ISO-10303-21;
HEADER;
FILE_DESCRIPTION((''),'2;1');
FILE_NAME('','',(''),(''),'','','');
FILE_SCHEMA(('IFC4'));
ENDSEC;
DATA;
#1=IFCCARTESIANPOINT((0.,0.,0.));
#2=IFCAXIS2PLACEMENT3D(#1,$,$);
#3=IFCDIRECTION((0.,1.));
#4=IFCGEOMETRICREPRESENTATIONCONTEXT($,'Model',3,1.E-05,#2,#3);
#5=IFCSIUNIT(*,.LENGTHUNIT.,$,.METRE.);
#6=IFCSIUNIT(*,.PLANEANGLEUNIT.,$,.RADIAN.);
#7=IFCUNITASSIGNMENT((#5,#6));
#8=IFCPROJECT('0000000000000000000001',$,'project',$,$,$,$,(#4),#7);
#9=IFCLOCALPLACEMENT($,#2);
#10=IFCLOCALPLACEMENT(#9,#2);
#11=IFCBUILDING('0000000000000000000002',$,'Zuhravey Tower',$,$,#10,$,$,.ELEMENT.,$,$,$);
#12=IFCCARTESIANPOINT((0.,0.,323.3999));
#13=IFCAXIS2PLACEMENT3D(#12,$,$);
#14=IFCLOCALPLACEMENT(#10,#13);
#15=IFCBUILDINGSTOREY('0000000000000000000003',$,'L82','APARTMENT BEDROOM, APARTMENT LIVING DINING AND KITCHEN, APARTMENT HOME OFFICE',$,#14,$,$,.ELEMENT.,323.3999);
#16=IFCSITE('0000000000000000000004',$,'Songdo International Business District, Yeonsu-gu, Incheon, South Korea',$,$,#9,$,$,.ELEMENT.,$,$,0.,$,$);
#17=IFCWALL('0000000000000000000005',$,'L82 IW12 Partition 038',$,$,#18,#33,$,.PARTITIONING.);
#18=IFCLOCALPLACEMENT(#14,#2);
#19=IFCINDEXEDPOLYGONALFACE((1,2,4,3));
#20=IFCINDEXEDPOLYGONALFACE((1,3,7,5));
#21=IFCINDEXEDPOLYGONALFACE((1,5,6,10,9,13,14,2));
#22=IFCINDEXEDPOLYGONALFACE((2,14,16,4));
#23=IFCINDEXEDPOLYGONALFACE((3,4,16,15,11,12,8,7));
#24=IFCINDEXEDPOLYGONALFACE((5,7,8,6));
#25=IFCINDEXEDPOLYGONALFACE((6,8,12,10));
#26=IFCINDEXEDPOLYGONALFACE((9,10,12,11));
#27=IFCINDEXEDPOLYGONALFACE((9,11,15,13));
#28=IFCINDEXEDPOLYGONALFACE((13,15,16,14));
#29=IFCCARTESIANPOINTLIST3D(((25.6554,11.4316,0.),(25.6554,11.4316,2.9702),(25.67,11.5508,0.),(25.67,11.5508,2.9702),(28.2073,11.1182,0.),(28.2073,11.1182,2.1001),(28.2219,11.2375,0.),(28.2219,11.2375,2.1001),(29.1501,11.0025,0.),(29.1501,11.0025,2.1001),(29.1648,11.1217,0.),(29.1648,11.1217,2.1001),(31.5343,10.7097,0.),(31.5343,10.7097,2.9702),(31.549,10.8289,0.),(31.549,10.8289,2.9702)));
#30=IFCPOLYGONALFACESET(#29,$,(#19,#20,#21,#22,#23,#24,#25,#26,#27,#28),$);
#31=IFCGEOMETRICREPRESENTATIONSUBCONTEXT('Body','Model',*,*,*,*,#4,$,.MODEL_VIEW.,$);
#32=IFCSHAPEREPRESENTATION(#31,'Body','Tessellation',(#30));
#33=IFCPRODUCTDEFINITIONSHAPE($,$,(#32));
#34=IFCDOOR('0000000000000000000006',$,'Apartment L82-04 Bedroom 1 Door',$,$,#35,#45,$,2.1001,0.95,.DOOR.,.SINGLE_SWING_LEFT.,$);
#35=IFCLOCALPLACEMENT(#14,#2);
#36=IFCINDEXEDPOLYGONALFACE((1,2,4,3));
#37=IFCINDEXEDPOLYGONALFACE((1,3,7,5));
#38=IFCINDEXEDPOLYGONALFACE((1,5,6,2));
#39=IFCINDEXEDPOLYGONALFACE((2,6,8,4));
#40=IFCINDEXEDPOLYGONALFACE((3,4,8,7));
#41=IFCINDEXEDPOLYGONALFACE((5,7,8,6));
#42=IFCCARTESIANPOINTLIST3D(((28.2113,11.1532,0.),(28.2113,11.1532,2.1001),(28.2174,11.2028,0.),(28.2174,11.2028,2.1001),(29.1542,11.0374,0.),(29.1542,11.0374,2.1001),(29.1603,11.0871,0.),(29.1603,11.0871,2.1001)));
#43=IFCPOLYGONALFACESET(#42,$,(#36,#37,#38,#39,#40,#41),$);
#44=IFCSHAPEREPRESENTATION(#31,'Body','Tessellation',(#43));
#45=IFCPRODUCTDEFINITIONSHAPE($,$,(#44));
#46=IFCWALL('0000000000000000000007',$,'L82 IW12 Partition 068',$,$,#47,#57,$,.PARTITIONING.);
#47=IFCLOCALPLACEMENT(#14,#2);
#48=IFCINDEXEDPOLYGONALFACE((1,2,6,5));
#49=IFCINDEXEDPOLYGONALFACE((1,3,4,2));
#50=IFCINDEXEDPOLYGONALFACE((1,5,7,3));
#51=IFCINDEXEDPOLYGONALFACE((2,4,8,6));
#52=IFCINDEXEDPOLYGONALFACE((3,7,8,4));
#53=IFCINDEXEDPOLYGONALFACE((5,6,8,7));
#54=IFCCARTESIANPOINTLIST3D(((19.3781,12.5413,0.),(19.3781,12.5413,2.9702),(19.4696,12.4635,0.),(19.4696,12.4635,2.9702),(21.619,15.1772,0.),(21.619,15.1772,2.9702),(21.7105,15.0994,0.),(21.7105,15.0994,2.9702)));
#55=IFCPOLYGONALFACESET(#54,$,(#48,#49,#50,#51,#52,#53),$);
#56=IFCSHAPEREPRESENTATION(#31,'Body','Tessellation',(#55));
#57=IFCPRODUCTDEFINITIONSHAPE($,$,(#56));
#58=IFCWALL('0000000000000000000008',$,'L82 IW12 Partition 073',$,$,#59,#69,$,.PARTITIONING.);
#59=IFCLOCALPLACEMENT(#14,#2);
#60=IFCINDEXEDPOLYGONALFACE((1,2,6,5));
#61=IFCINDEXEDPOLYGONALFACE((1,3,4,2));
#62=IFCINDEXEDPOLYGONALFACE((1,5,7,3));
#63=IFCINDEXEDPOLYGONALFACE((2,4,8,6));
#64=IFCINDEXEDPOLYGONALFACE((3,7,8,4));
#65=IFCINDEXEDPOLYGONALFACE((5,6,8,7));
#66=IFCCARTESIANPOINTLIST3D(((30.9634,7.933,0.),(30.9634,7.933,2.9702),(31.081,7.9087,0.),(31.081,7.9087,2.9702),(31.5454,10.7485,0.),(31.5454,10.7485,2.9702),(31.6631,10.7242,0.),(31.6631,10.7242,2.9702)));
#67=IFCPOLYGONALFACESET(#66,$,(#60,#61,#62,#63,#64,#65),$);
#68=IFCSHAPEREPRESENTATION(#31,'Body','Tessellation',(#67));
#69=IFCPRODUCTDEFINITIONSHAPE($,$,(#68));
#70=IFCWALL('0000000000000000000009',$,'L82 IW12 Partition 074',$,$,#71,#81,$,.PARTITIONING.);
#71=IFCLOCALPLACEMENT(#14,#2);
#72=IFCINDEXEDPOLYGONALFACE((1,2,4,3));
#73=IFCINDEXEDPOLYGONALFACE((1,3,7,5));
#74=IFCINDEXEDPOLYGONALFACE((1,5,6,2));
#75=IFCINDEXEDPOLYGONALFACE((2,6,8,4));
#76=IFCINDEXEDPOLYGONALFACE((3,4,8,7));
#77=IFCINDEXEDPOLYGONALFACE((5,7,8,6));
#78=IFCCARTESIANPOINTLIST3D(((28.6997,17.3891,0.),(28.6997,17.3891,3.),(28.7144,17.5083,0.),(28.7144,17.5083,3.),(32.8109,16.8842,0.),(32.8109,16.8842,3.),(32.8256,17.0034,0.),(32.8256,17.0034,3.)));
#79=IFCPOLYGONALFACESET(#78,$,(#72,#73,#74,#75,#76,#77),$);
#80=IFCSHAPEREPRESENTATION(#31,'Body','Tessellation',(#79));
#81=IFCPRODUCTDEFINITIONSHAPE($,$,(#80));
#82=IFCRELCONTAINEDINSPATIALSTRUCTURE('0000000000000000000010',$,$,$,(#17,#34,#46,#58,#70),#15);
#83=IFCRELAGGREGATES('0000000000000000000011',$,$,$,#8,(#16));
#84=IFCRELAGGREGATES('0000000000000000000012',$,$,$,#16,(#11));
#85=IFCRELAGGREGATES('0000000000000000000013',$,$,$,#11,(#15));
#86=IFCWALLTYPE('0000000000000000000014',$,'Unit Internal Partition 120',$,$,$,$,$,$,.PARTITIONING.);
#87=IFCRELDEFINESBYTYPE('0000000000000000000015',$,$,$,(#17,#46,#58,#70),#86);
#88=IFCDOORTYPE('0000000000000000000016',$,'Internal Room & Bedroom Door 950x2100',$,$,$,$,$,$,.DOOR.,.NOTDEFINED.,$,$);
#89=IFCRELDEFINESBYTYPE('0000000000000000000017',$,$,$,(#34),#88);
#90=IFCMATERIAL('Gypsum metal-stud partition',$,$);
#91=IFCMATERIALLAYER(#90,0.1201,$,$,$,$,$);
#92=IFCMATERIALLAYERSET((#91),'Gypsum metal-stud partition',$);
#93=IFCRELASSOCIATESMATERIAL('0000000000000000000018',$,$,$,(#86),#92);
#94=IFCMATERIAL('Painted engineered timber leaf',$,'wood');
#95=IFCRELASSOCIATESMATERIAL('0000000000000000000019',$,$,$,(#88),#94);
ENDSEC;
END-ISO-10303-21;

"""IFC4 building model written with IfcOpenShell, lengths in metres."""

from ifc_helpers import new_model, si_unit, direction, frame, frame_2d, origin, place, context, subcontext, project, spatial, rectangle, extrude, material, layer, layer_set, type_object, element, fill, save


model = new_model("IFC4")

# Units and contexts
model_context = context("Model", 3, precision=1e-05, world=origin(), true_north=direction((0.0, 1.0)))
body_context = subcontext(model_context, "Body", "Model", "MODEL_VIEW")
ifc_project = project(units=[si_unit("LENGTHUNIT", "METRE"), si_unit("PLANEANGLEUNIT", "RADIAN")], contexts=[model_context])

# Site, building, storey
site_placement = place(None, origin())
site = spatial("IfcSite", under=ifc_project, at=site_placement, Name="Songdo International Business District, Yeonsu-gu, Incheon, South Korea", CompositionType="ELEMENT", RefElevation=0.0)
building_placement = place(site_placement, origin())
building = spatial("IfcBuilding", under=site, at=building_placement, Name="Zuhravey Tower", CompositionType="ELEMENT")
storey_placement = place(building_placement, frame((0.0, 0.0, 323.3999)))
storey = spatial("IfcBuildingStorey", under=building, at=storey_placement, Name="L82", Description="APARTMENT BEDROOM, APARTMENT LIVING DINING AND KITCHEN, APARTMENT HOME OFFICE", CompositionType="ELEMENT", Elevation=323.3999)

# Wall, opening, door
ifc_material_1 = material(Name="Gypsum metal-stud partition")
ifc_layer_1 = layer(ifc_material_1, 0.1201)
ifc_layer_set_1 = layer_set([ifc_layer_1], Name="Gypsum metal-stud partition")
wall_type_1 = type_object("IfcWallType", Name="Unit Internal Partition 120", PredefinedType="PARTITIONING", material=ifc_layer_set_1)
ifc_material_2 = material(Name="Painted engineered timber leaf", Category="wood")
door_type_1 = type_object("IfcDoorType", Name="Internal Room & Bedroom Door 950x2100", OperationType="NOTDEFINED", PredefinedType="DOOR", material=ifc_material_2)
wall_1_placement = place(storey_placement, frame((25.6628, 11.4912, 0.0), z_axis=(0.0, 0.0, 1.0), x_axis=(0.992544, -0.121883, 0.0)))
wall_1 = element("IfcWall", 1, at=wall_1_placement, inside=storey, type_object=wall_type_1, Name="L82 IW12 Partition 038", PredefinedType="PARTITIONING", context=body_context, shape_type="SweptSolid", body=[
    extrude(rectangle(XDim=5.9231, YDim=0.1201, at=frame_2d((2.9614, 0.0))), origin(), (0.0, 0.0, 1.0), 2.9702),
])
opening_1_placement = place(wall_1_placement, frame((2.5708, 0.0, 0.0)))
opening_1 = element("IfcOpeningElement", 2, at=opening_1_placement, cuts=wall_1, PredefinedType="OPENING", context=body_context, shape_type="SweptSolid", body=[
    extrude(rectangle(XDim=0.95, YDim=2.1001, at=frame_2d((0.4751, 1.05))), frame((0.0, 0.072, 0.0), z_axis=(0.0, -1.0, 0.0), x_axis=(1.0, 0.0, 0.0)), (0.0, 0.0, 1.0), 0.144),
])
door_1_placement = place(opening_1_placement, frame((0.95, 0.0, 0.0), z_axis=(0.0, 0.0, 1.0), x_axis=(-1.0, 0.0, 0.0)))
door_1 = element("IfcDoor", 3, at=door_1_placement, inside=storey, type_object=door_type_1, Name="Apartment L82-04 Bedroom 1 Door", OperationType="SINGLE_SWING_LEFT", OverallHeight=2.1001, OverallWidth=0.95, PredefinedType="DOOR", context=body_context, shape_type="SweptSolid", body=[
    extrude(rectangle(XDim=0.95, YDim=2.1001, at=frame_2d((0.4751, 1.05))), frame((0.0, 0.0249, 0.0), z_axis=(0.0, -1.0, 0.0), x_axis=(1.0, 0.0, 0.0)), (0.0, 0.0, 1.0), 0.05),
])
fill(opening_1, door_1)

# Walls
wall_2_placement = place(storey_placement, frame((21.6648, 15.1384, 0.0), z_axis=(0.0, 0.0, 1.0), x_axis=(-0.647712, -0.761885, 0.0)))
element("IfcWall", 4, at=wall_2_placement, inside=storey, type_object=wall_type_1, Name="L82 IW12 Partition 068", PredefinedType="PARTITIONING", context=body_context, shape_type="SweptSolid", body=[
    extrude(rectangle(XDim=3.4597, YDim=0.1201, at=frame_2d((1.73, 0.0))), origin(), (0.0, 0.0, 1.0), 2.9702),
])
wall_3_placement = place(storey_placement, frame((31.6042, 10.7363, 0.0), z_axis=(0.0, 0.0, 1.0), x_axis=(-0.202448, -0.979293, 0.0)))
element("IfcWall", 5, at=wall_3_placement, inside=storey, type_object=wall_type_1, Name="L82 IW12 Partition 073", PredefinedType="PARTITIONING", context=body_context, shape_type="SweptSolid", body=[
    extrude(rectangle(XDim=2.875, YDim=0.1201, at=frame_2d((1.4375, 0.0))), origin(), (0.0, 0.0, 1.0), 2.9702),
])
wall_4_placement = place(storey_placement, frame((28.707, 17.4487, 0.0), z_axis=(0.0, 0.0, 1.0), x_axis=(0.992543, -0.121894, 0.0)))
element("IfcWall", 6, at=wall_4_placement, inside=storey, type_object=wall_type_1, Name="L82 IW12 Partition 074", PredefinedType="PARTITIONING", context=body_context, shape_type="SweptSolid", body=[
    extrude(rectangle(XDim=4.1421, YDim=0.1201, at=frame_2d((2.071, 0.0))), origin(), (0.0, 0.0, 1.0), 3.0),
])

save(model, "model.ifc")
